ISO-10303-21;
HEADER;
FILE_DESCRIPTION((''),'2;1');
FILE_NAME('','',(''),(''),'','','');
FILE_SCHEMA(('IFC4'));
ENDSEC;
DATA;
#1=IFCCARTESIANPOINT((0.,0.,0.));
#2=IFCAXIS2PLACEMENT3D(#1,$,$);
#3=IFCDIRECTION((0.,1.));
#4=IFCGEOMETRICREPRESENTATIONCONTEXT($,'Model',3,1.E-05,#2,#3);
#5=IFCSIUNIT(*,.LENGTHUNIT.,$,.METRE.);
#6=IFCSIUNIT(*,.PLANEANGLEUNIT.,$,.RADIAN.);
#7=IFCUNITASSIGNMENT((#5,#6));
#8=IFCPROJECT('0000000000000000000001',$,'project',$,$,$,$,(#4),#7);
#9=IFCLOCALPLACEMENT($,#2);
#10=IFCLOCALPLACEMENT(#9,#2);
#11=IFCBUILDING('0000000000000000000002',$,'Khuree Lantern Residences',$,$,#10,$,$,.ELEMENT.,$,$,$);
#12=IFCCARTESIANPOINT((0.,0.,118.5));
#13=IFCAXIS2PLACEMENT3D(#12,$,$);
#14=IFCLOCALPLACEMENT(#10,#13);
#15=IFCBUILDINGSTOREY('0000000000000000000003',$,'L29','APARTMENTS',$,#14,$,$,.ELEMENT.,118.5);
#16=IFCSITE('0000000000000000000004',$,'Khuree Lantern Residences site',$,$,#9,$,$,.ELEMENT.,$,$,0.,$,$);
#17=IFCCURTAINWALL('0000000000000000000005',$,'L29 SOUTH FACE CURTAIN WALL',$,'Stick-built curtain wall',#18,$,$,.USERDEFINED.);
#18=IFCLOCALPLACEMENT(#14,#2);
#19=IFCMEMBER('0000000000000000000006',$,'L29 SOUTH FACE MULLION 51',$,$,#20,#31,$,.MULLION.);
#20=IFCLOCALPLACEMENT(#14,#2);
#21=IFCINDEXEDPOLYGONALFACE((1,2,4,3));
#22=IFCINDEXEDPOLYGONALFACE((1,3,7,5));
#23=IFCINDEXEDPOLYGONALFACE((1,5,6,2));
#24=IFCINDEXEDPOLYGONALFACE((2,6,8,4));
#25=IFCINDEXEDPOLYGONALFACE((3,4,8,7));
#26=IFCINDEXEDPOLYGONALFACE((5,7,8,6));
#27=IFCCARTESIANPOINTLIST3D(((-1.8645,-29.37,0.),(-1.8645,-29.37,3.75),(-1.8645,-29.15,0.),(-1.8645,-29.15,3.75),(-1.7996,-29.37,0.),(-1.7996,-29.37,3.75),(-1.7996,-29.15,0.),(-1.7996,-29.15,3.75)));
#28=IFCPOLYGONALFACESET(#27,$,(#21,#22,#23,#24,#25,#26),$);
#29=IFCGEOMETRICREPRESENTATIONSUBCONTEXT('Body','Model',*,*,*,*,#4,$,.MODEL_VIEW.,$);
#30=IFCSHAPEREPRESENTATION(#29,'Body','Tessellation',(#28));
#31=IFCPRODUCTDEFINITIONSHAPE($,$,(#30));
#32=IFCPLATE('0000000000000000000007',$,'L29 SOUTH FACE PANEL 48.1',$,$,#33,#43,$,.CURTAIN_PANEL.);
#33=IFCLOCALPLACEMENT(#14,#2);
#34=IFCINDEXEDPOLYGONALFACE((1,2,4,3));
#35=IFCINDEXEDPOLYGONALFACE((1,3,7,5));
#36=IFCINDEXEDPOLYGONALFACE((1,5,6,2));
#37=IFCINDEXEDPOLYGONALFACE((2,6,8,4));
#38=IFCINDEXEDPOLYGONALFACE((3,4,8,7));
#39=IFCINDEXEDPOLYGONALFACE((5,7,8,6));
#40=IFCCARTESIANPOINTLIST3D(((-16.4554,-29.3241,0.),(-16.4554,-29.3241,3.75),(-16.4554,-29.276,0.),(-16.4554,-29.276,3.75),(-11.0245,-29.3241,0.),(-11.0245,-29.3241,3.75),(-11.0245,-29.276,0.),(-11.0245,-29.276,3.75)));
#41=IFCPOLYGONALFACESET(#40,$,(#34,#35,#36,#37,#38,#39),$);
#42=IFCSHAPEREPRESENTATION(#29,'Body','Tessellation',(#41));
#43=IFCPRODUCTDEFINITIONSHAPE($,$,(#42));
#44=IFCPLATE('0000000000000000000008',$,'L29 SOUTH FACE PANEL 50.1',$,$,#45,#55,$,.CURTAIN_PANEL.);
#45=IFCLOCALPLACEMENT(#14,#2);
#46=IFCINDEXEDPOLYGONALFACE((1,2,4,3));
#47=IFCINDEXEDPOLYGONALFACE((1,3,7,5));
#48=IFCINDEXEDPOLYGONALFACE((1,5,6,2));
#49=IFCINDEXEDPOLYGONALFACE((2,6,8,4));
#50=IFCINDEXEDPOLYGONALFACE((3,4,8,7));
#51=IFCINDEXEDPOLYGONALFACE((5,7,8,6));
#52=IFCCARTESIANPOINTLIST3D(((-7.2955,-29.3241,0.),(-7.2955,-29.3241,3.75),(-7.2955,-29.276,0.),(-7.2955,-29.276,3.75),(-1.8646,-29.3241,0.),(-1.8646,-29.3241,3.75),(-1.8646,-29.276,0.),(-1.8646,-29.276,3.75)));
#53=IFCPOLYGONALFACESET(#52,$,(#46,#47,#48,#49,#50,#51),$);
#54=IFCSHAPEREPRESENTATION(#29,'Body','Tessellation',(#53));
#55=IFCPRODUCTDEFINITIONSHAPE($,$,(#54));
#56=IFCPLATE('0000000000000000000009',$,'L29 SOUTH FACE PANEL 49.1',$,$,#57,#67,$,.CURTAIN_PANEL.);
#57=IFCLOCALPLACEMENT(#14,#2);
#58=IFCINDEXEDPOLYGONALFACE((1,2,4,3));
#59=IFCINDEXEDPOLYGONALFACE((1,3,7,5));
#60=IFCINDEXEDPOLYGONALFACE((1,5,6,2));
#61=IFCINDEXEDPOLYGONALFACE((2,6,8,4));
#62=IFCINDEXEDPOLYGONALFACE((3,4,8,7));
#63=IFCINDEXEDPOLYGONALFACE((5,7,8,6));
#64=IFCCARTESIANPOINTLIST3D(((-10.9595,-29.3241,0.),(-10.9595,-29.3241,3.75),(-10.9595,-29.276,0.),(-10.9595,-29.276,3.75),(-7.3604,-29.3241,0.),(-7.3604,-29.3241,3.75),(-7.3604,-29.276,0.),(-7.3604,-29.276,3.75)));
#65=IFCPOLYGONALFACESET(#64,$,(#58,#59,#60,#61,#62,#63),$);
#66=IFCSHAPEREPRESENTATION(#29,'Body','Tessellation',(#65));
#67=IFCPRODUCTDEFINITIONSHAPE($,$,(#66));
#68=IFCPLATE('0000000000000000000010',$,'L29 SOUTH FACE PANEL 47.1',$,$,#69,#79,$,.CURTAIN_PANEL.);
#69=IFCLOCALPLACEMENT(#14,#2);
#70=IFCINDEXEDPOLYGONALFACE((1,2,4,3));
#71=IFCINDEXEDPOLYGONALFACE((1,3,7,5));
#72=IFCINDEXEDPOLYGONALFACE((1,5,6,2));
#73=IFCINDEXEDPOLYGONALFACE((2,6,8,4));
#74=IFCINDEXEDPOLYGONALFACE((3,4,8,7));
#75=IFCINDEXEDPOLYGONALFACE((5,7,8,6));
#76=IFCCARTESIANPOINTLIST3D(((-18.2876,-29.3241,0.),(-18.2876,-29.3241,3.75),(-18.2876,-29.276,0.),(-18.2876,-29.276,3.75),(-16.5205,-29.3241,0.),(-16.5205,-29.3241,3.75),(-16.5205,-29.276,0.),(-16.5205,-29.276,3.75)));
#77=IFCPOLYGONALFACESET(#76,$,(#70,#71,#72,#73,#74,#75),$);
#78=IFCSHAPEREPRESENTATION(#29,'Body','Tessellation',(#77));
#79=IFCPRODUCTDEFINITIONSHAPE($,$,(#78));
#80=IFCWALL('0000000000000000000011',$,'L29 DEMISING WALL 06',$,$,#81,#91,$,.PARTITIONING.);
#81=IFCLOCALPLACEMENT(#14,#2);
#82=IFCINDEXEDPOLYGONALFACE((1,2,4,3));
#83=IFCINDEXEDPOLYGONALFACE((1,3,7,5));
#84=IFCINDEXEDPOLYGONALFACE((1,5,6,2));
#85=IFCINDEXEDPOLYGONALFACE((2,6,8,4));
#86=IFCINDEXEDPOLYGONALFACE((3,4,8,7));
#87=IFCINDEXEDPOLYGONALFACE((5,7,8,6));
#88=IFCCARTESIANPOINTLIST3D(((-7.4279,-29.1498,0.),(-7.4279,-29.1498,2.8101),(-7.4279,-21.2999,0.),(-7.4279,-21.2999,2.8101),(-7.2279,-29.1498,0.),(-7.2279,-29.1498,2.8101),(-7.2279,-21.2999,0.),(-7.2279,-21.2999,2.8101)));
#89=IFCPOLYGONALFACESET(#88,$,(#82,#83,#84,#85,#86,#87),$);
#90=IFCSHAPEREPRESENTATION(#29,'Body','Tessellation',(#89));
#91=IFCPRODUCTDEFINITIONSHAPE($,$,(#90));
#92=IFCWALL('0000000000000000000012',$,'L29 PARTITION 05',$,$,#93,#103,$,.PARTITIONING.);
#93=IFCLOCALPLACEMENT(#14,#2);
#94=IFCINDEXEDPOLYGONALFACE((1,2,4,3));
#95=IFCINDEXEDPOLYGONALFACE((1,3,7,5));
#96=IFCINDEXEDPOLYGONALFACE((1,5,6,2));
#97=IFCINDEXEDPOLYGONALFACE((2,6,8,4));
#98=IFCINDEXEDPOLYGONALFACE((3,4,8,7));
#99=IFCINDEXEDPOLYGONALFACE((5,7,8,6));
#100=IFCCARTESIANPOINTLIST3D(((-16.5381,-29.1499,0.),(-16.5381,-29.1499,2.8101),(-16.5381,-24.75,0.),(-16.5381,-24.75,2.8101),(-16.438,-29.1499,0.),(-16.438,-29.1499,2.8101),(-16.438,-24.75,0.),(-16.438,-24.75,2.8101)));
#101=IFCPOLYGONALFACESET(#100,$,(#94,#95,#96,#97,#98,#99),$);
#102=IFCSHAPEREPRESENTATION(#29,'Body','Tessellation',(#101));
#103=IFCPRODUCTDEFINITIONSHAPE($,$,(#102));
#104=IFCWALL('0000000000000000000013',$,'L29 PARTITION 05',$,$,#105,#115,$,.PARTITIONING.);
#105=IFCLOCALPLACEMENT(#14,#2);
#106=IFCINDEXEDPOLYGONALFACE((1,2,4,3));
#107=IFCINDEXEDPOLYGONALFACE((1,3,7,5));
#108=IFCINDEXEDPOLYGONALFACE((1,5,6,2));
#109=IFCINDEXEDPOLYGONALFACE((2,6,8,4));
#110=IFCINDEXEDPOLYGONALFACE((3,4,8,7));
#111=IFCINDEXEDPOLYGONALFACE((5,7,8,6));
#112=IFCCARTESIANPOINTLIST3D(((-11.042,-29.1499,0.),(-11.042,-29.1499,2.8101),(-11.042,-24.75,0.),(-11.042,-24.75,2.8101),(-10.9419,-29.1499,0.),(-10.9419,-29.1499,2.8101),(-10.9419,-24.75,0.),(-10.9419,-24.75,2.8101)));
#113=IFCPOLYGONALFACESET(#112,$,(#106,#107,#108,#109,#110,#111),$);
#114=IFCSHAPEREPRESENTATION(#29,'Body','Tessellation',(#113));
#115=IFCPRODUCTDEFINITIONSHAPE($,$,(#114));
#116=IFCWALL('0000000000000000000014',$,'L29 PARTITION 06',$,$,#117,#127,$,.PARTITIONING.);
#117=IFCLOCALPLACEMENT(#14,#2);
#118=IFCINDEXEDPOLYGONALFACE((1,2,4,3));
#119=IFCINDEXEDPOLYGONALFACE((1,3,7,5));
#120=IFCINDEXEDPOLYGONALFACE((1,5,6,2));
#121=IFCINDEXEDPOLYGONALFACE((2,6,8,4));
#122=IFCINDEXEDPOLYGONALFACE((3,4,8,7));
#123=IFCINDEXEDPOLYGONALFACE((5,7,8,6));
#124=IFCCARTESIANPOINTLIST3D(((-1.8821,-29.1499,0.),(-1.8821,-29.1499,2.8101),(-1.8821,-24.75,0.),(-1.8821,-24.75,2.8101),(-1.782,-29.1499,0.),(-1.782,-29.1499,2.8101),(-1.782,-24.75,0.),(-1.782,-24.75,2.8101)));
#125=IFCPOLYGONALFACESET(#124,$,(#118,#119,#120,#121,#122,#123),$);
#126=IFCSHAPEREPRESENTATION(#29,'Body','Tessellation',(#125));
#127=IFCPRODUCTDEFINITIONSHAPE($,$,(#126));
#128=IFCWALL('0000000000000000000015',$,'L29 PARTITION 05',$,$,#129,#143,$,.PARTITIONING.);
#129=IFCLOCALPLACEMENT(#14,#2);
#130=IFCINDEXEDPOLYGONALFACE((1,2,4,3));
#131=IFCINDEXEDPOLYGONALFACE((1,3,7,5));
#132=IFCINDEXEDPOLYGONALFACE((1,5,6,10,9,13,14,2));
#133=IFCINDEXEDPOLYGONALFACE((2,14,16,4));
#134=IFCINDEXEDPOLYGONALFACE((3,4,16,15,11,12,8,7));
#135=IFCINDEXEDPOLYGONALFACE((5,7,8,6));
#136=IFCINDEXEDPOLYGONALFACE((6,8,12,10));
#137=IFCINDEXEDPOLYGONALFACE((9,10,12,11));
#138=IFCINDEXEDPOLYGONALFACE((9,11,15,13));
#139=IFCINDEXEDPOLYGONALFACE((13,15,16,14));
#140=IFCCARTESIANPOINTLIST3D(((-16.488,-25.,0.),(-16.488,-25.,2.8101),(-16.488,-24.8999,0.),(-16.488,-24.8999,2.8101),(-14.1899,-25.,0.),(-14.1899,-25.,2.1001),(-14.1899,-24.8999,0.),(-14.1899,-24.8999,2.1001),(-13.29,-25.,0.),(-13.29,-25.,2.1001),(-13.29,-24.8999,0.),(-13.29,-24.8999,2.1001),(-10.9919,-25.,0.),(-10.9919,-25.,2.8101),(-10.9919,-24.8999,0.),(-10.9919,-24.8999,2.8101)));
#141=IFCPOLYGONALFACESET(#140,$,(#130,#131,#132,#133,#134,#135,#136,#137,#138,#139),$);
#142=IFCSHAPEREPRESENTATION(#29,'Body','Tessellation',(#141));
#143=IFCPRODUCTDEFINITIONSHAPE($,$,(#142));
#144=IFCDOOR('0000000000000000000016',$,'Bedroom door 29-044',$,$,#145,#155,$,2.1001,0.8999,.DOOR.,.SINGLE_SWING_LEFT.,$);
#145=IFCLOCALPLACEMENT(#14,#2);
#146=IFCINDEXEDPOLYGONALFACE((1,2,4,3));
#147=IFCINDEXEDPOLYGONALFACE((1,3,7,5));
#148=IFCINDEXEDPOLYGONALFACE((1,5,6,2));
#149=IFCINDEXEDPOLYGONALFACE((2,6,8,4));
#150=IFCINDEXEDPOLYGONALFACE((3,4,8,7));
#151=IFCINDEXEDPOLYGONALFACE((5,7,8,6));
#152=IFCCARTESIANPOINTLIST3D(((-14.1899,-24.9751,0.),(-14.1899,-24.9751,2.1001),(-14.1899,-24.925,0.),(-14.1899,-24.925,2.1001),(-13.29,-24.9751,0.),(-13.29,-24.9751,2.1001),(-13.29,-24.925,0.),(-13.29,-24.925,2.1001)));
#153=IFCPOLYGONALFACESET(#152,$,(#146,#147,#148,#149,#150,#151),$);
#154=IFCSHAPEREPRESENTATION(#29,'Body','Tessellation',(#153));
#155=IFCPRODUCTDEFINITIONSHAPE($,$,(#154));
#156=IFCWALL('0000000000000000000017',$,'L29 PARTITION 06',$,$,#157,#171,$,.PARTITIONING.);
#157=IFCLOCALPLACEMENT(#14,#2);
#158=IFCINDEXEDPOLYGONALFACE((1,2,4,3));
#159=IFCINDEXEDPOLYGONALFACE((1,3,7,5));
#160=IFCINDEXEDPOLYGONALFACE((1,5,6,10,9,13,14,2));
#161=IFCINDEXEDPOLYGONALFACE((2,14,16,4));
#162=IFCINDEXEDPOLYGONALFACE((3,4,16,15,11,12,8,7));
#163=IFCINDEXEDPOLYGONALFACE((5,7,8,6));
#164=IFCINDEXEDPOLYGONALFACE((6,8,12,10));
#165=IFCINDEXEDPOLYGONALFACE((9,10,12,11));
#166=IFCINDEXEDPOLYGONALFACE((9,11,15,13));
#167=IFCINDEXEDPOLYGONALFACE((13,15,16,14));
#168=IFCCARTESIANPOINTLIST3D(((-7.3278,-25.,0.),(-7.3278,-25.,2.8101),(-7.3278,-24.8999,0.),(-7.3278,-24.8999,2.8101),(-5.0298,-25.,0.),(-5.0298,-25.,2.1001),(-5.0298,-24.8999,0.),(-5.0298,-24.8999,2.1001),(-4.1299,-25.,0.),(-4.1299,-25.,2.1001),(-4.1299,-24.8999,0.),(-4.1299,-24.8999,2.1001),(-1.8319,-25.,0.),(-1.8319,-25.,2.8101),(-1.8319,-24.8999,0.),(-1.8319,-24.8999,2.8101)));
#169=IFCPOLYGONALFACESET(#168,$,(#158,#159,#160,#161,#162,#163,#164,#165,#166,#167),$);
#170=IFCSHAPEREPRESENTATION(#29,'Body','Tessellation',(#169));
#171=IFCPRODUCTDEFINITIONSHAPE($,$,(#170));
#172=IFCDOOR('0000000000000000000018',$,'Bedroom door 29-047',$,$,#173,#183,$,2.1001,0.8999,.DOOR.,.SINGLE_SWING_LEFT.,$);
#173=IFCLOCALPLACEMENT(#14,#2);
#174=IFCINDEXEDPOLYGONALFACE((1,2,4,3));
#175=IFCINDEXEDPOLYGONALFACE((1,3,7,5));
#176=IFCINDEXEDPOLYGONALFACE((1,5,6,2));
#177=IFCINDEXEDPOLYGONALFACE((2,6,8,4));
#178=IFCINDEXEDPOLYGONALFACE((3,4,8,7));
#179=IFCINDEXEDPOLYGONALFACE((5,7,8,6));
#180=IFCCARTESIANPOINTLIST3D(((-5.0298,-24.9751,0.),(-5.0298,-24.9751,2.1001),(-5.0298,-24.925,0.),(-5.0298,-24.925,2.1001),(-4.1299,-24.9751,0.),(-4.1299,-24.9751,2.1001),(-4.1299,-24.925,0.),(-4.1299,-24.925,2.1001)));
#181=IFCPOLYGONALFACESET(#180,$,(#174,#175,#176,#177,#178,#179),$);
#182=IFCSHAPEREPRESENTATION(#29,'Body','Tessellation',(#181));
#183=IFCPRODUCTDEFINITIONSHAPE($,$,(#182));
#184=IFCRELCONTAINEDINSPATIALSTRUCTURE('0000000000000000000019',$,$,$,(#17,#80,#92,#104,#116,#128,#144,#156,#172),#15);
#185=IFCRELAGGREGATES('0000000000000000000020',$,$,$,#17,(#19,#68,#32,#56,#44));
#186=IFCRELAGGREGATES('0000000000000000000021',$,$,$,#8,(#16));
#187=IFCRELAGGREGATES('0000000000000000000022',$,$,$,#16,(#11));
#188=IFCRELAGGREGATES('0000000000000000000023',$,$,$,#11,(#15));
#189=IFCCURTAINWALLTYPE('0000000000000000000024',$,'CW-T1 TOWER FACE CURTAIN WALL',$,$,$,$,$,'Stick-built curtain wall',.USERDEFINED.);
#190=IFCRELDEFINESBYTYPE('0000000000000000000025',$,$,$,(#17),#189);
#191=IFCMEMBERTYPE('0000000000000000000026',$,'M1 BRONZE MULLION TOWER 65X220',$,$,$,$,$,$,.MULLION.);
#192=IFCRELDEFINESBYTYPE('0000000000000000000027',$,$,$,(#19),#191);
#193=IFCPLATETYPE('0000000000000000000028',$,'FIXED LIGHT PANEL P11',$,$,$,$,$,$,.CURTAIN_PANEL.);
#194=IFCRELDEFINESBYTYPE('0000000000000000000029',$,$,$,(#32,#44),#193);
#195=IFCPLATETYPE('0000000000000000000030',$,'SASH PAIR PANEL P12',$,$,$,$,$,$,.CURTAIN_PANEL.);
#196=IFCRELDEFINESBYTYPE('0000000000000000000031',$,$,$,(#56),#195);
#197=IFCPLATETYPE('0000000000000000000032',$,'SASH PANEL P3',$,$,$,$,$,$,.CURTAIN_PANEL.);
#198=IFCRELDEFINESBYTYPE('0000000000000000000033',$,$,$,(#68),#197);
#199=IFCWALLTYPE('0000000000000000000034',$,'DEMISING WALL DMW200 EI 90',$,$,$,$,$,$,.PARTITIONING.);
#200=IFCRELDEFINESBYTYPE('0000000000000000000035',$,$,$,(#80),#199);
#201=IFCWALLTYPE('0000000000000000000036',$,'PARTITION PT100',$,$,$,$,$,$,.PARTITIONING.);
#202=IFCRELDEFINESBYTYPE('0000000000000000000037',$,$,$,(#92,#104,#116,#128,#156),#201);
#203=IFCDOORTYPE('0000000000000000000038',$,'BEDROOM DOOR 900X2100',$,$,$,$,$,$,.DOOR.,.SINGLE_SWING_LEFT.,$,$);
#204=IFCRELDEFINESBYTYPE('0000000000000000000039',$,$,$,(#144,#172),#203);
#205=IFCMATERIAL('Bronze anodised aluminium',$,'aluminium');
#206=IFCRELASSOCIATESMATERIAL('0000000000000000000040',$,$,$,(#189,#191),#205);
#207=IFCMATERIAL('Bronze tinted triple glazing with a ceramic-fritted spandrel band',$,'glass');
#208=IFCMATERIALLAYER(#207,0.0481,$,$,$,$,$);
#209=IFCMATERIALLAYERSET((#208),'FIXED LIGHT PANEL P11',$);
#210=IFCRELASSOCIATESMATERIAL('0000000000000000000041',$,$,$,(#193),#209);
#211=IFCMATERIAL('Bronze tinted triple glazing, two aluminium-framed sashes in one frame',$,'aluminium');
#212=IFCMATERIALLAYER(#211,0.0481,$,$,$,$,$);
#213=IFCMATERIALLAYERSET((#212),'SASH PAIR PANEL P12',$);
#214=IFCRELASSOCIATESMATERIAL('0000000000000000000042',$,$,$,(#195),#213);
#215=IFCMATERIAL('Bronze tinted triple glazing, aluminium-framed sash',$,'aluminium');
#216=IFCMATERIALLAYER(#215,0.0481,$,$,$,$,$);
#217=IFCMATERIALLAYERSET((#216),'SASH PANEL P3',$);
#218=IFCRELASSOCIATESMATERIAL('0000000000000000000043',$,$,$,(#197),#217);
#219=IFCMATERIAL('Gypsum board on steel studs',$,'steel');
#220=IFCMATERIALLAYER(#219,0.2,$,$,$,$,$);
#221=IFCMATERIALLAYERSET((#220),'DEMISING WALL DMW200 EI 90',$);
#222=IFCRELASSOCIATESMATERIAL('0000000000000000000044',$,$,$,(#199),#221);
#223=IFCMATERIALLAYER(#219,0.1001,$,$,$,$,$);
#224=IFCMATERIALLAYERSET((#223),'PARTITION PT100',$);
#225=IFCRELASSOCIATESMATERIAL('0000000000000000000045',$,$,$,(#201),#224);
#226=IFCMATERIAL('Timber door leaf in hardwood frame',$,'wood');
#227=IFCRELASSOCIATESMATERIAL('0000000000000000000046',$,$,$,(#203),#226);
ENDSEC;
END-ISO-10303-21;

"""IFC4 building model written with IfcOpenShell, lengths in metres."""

from ifc_helpers import new_model, si_unit, direction, frame, frame_2d, origin, origin_2d, place, context, subcontext, project, spatial, rectangle, extrude, material, layer, layer_set, material_profile, profile_set, type_object, element, fill, aggregate, save


model = new_model("IFC4")

# Units and contexts
model_context = context("Model", 3, precision=1e-05, world=origin(), true_north=direction((0.0, 1.0)))
body_context = subcontext(model_context, "Body", "Model", "MODEL_VIEW")
ifc_project = project(units=[si_unit("LENGTHUNIT", "METRE"), si_unit("PLANEANGLEUNIT", "RADIAN")], contexts=[model_context])

# Site, building, storey
site_placement = place(None, origin())
site = spatial("IfcSite", under=ifc_project, at=site_placement, Name="Khuree Lantern Residences site", CompositionType="ELEMENT", RefElevation=0.0)
building_placement = place(site_placement, origin())
building = spatial("IfcBuilding", under=site, at=building_placement, Name="Khuree Lantern Residences", CompositionType="ELEMENT")
storey_placement = place(building_placement, frame((0.0, 0.0, 118.5)))
storey = spatial("IfcBuildingStorey", under=building, at=storey_placement, Name="L29", Description="APARTMENTS", CompositionType="ELEMENT", Elevation=118.5)

# Curtain wall
ifc_material_1 = material(Name="Bronze anodised aluminium", Category="aluminium")
curtain_wall_type = type_object("IfcCurtainWallType", Name="CW-T1 TOWER FACE CURTAIN WALL", ElementType="Stick-built curtain wall", PredefinedType="USERDEFINED", material=ifc_material_1)
curtain_wall_placement = place(storey_placement, origin())
curtain_wall = element("IfcCurtainWall", 1, at=curtain_wall_placement, inside=storey, type_object=curtain_wall_type, Name="L29 SOUTH FACE CURTAIN WALL", ObjectType="Stick-built curtain wall", PredefinedType="USERDEFINED")

# Member
ifc_material_profile_1 = material_profile(ifc_material_1, rectangle(XDim=0.0649, YDim=0.22, at=origin_2d()), Name="M1 65X220")
ifc_profile_set_1 = profile_set([ifc_material_profile_1], Name="Bronze anodised aluminium")
member_type_1 = type_object("IfcMemberType", Name="M1 BRONZE MULLION TOWER 65X220", PredefinedType="MULLION", material=ifc_profile_set_1)
member_1_placement = place(storey_placement, frame((-1.832, -29.26, 0.0), z_axis=(0.0, 0.0, 1.0), x_axis=(1.0, 0.0, 0.0)))
member_1 = element("IfcMember", 2, at=member_1_placement, type_object=member_type_1, Name="L29 SOUTH FACE MULLION 51", PredefinedType="MULLION", context=body_context, shape_type="SweptSolid", body=[
    extrude(rectangle(XDim=0.0649, YDim=0.22, at=origin_2d()), origin(), (0.0, 0.0, 1.0), 3.75),
])

# Plates
ifc_material_2 = material(Name="Bronze tinted triple glazing with a ceramic-fritted spandrel band", Category="glass")
ifc_layer_1 = layer(ifc_material_2, 0.0481)
ifc_layer_set_1 = layer_set([ifc_layer_1], Name="FIXED LIGHT PANEL P11")
plate_type_1 = type_object("IfcPlateType", Name="FIXED LIGHT PANEL P11", PredefinedType="CURTAIN_PANEL", material=ifc_layer_set_1)
plate_1_placement = place(storey_placement, frame((-13.74, -29.3, 0.0), z_axis=(0.0, 0.0, 1.0), x_axis=(1.0, 0.0, 0.0)))
plate_1 = element("IfcPlate", 3, at=plate_1_placement, type_object=plate_type_1, Name="L29 SOUTH FACE PANEL 48.1", PredefinedType="CURTAIN_PANEL", context=body_context, shape_type="SweptSolid", body=[
    extrude(rectangle(XDim=5.4309, YDim=0.0481, at=origin_2d()), origin(), (0.0, 0.0, 1.0), 3.75),
])
plate_2_placement = place(storey_placement, frame((-4.5801, -29.3, 0.0), z_axis=(0.0, 0.0, 1.0), x_axis=(1.0, 0.0, 0.0)))
plate_2 = element("IfcPlate", 4, at=plate_2_placement, type_object=plate_type_1, Name="L29 SOUTH FACE PANEL 50.1", PredefinedType="CURTAIN_PANEL", context=body_context, shape_type="SweptSolid", body=[
    extrude(rectangle(XDim=5.4309, YDim=0.0481, at=origin_2d()), origin(), (0.0, 0.0, 1.0), 3.75),
])
ifc_material_3 = material(Name="Bronze tinted triple glazing, two aluminium-framed sashes in one frame", Category="aluminium")
ifc_layer_2 = layer(ifc_material_3, 0.0481)
ifc_layer_set_2 = layer_set([ifc_layer_2], Name="SASH PAIR PANEL P12")
plate_type_2 = type_object("IfcPlateType", Name="SASH PAIR PANEL P12", PredefinedType="CURTAIN_PANEL", material=ifc_layer_set_2)
plate_3_placement = place(storey_placement, frame((-9.1599, -29.3, 0.0), z_axis=(0.0, 0.0, 1.0), x_axis=(1.0, 0.0, 0.0)))
plate_3 = element("IfcPlate", 5, at=plate_3_placement, type_object=plate_type_2, Name="L29 SOUTH FACE PANEL 49.1", PredefinedType="CURTAIN_PANEL", context=body_context, shape_type="SweptSolid", body=[
    extrude(rectangle(XDim=3.5991, YDim=0.0481, at=origin_2d()), origin(), (0.0, 0.0, 1.0), 3.75),
])
ifc_material_4 = material(Name="Bronze tinted triple glazing, aluminium-framed sash", Category="aluminium")
ifc_layer_3 = layer(ifc_material_4, 0.0481)
ifc_layer_set_3 = layer_set([ifc_layer_3], Name="SASH PANEL P3")
plate_type_3 = type_object("IfcPlateType", Name="SASH PANEL P3", PredefinedType="CURTAIN_PANEL", material=ifc_layer_set_3)
plate_4_placement = place(storey_placement, frame((-17.4041, -29.3, 0.0), z_axis=(0.0, 0.0, 1.0), x_axis=(1.0, 0.0, 0.0)))
plate_4 = element("IfcPlate", 6, at=plate_4_placement, type_object=plate_type_3, Name="L29 SOUTH FACE PANEL 47.1", PredefinedType="CURTAIN_PANEL", context=body_context, shape_type="SweptSolid", body=[
    extrude(rectangle(XDim=1.7671, YDim=0.0481, at=origin_2d()), origin(), (0.0, 0.0, 1.0), 3.75),
])
aggregate(curtain_wall, [member_1, plate_4, plate_1, plate_3, plate_2])

# Walls
ifc_material_5 = material(Name="Gypsum board on steel studs", Category="steel")
ifc_layer_4 = layer(ifc_material_5, 0.2)
ifc_layer_set_4 = layer_set([ifc_layer_4], Name="DEMISING WALL DMW200 EI 90")
wall_type_1 = type_object("IfcWallType", Name="DEMISING WALL DMW200 EI 90", PredefinedType="PARTITIONING", material=ifc_layer_set_4)
wall_1_placement = place(storey_placement, frame((-7.3279, -21.3, 0.0), z_axis=(0.0, 0.0, 1.0), x_axis=(0.0, -1.0, 0.0)))
element("IfcWall", 7, at=wall_1_placement, inside=storey, type_object=wall_type_1, Name="L29 DEMISING WALL 06", PredefinedType="PARTITIONING", context=body_context, shape_type="SweptSolid", body=[
    extrude(rectangle(XDim=7.8499, YDim=0.2, at=frame_2d((3.9248, 0.0))), origin(), (0.0, 0.0, 1.0), 2.8101),
])
ifc_layer_5 = layer(ifc_material_5, 0.1001)
ifc_layer_set_5 = layer_set([ifc_layer_5], Name="PARTITION PT100")
wall_type_2 = type_object("IfcWallType", Name="PARTITION PT100", PredefinedType="PARTITIONING", material=ifc_layer_set_5)
for number, where, z_axis, x_axis, name in (
    (8, (-16.488, -24.75, 0.0), (0.0, 0.0, 1.0), (0.0, -1.0, 0.0), "L29 PARTITION 05"),
    (9, (-10.9919, -24.75, 0.0), (0.0, 0.0, 1.0), (0.0, -1.0, 0.0), "L29 PARTITION 05"),
    (10, (-1.832, -24.75, 0.0), (0.0, 0.0, 1.0), (0.0, -1.0, 0.0), "L29 PARTITION 06"),
):
    element("IfcWall", number, at=place(storey_placement, frame(where, z_axis=z_axis, x_axis=x_axis)), inside=storey, type_object=wall_type_2, Name=name, PredefinedType="PARTITIONING", context=body_context, shape_type="SweptSolid", body=[
        extrude(rectangle(XDim=4.3999, YDim=0.1001, at=frame_2d((2.2, 0.0))), origin(), (0.0, 0.0, 1.0), 2.8101),
    ])

# Walls, openings, doors
wall_2_placement = place(storey_placement, frame((-16.488, -24.95, 0.0), z_axis=(0.0, 0.0, 1.0), x_axis=(1.0, 0.0, 0.0)))
wall_2 = element("IfcWall", 11, at=wall_2_placement, inside=storey, type_object=wall_type_2, Name="L29 PARTITION 05", PredefinedType="PARTITIONING", context=body_context, shape_type="SweptSolid", body=[
    extrude(rectangle(XDim=5.4961, YDim=0.1001, at=frame_2d((2.748, 0.0))), origin(), (0.0, 0.0, 1.0), 2.8101),
])
opening_1_placement = place(wall_2_placement, frame((2.2981, 0.0, 0.0)))
opening_1 = element("IfcOpeningElement", 12, at=opening_1_placement, cuts=wall_2, PredefinedType="OPENING", context=body_context, shape_type="SweptSolid", body=[
    extrude(rectangle(XDim=0.8999, YDim=2.1001, at=frame_2d((0.45, 1.05))), frame((0.0, 0.0601, 0.0), z_axis=(0.0, -1.0, 0.0), x_axis=(1.0, 0.0, 0.0)), (0.0, 0.0, 1.0), 0.1201),
])
ifc_material_6 = material(Name="Timber door leaf in hardwood frame", Category="wood")
door_type = type_object("IfcDoorType", Name="BEDROOM DOOR 900X2100", OperationType="SINGLE_SWING_LEFT", PredefinedType="DOOR", material=ifc_material_6)
door_1_placement = place(opening_1_placement, origin())
door_1 = element("IfcDoor", 13, at=door_1_placement, inside=storey, type_object=door_type, Name="Bedroom door 29-044", OperationType="SINGLE_SWING_LEFT", OverallHeight=2.1001, OverallWidth=0.8999, PredefinedType="DOOR", context=body_context, shape_type="SweptSolid", body=[
    extrude(rectangle(XDim=0.8999, YDim=2.1001, at=frame_2d((0.45, 1.05))), frame((0.0, 0.0249, 0.0), z_axis=(0.0, -1.0, 0.0), x_axis=(1.0, 0.0, 0.0)), (0.0, 0.0, 1.0), 0.05),
])
fill(opening_1, door_1)
wall_3_placement = place(storey_placement, frame((-7.3279, -24.95, 0.0), z_axis=(0.0, 0.0, 1.0), x_axis=(1.0, 0.0, 0.0)))
wall_3 = element("IfcWall", 14, at=wall_3_placement, inside=storey, type_object=wall_type_2, Name="L29 PARTITION 06", PredefinedType="PARTITIONING", context=body_context, shape_type="SweptSolid", body=[
    extrude(rectangle(XDim=5.4958, YDim=0.1001, at=frame_2d((2.748, 0.0))), origin(), (0.0, 0.0, 1.0), 2.8101),
])
opening_2_placement = place(wall_3_placement, frame((2.2981, 0.0, 0.0)))
opening_2 = element("IfcOpeningElement", 15, at=opening_2_placement, cuts=wall_3, PredefinedType="OPENING", context=body_context, shape_type="SweptSolid", body=[
    extrude(rectangle(XDim=0.8999, YDim=2.1001, at=frame_2d((0.45, 1.05))), frame((0.0, 0.0601, 0.0), z_axis=(0.0, -1.0, 0.0), x_axis=(1.0, 0.0, 0.0)), (0.0, 0.0, 1.0), 0.1201),
])
door_2_placement = place(opening_2_placement, origin())
door_2 = element("IfcDoor", 16, at=door_2_placement, inside=storey, type_object=door_type, Name="Bedroom door 29-047", OperationType="SINGLE_SWING_LEFT", OverallHeight=2.1001, OverallWidth=0.8999, PredefinedType="DOOR", context=body_context, shape_type="SweptSolid", body=[
    extrude(rectangle(XDim=0.8999, YDim=2.1001, at=frame_2d((0.45, 1.05))), frame((0.0, 0.0249, 0.0), z_axis=(0.0, -1.0, 0.0), x_axis=(1.0, 0.0, 0.0)), (0.0, 0.0, 1.0), 0.05),
])
fill(opening_2, door_2)

save(model, "model.ifc")
